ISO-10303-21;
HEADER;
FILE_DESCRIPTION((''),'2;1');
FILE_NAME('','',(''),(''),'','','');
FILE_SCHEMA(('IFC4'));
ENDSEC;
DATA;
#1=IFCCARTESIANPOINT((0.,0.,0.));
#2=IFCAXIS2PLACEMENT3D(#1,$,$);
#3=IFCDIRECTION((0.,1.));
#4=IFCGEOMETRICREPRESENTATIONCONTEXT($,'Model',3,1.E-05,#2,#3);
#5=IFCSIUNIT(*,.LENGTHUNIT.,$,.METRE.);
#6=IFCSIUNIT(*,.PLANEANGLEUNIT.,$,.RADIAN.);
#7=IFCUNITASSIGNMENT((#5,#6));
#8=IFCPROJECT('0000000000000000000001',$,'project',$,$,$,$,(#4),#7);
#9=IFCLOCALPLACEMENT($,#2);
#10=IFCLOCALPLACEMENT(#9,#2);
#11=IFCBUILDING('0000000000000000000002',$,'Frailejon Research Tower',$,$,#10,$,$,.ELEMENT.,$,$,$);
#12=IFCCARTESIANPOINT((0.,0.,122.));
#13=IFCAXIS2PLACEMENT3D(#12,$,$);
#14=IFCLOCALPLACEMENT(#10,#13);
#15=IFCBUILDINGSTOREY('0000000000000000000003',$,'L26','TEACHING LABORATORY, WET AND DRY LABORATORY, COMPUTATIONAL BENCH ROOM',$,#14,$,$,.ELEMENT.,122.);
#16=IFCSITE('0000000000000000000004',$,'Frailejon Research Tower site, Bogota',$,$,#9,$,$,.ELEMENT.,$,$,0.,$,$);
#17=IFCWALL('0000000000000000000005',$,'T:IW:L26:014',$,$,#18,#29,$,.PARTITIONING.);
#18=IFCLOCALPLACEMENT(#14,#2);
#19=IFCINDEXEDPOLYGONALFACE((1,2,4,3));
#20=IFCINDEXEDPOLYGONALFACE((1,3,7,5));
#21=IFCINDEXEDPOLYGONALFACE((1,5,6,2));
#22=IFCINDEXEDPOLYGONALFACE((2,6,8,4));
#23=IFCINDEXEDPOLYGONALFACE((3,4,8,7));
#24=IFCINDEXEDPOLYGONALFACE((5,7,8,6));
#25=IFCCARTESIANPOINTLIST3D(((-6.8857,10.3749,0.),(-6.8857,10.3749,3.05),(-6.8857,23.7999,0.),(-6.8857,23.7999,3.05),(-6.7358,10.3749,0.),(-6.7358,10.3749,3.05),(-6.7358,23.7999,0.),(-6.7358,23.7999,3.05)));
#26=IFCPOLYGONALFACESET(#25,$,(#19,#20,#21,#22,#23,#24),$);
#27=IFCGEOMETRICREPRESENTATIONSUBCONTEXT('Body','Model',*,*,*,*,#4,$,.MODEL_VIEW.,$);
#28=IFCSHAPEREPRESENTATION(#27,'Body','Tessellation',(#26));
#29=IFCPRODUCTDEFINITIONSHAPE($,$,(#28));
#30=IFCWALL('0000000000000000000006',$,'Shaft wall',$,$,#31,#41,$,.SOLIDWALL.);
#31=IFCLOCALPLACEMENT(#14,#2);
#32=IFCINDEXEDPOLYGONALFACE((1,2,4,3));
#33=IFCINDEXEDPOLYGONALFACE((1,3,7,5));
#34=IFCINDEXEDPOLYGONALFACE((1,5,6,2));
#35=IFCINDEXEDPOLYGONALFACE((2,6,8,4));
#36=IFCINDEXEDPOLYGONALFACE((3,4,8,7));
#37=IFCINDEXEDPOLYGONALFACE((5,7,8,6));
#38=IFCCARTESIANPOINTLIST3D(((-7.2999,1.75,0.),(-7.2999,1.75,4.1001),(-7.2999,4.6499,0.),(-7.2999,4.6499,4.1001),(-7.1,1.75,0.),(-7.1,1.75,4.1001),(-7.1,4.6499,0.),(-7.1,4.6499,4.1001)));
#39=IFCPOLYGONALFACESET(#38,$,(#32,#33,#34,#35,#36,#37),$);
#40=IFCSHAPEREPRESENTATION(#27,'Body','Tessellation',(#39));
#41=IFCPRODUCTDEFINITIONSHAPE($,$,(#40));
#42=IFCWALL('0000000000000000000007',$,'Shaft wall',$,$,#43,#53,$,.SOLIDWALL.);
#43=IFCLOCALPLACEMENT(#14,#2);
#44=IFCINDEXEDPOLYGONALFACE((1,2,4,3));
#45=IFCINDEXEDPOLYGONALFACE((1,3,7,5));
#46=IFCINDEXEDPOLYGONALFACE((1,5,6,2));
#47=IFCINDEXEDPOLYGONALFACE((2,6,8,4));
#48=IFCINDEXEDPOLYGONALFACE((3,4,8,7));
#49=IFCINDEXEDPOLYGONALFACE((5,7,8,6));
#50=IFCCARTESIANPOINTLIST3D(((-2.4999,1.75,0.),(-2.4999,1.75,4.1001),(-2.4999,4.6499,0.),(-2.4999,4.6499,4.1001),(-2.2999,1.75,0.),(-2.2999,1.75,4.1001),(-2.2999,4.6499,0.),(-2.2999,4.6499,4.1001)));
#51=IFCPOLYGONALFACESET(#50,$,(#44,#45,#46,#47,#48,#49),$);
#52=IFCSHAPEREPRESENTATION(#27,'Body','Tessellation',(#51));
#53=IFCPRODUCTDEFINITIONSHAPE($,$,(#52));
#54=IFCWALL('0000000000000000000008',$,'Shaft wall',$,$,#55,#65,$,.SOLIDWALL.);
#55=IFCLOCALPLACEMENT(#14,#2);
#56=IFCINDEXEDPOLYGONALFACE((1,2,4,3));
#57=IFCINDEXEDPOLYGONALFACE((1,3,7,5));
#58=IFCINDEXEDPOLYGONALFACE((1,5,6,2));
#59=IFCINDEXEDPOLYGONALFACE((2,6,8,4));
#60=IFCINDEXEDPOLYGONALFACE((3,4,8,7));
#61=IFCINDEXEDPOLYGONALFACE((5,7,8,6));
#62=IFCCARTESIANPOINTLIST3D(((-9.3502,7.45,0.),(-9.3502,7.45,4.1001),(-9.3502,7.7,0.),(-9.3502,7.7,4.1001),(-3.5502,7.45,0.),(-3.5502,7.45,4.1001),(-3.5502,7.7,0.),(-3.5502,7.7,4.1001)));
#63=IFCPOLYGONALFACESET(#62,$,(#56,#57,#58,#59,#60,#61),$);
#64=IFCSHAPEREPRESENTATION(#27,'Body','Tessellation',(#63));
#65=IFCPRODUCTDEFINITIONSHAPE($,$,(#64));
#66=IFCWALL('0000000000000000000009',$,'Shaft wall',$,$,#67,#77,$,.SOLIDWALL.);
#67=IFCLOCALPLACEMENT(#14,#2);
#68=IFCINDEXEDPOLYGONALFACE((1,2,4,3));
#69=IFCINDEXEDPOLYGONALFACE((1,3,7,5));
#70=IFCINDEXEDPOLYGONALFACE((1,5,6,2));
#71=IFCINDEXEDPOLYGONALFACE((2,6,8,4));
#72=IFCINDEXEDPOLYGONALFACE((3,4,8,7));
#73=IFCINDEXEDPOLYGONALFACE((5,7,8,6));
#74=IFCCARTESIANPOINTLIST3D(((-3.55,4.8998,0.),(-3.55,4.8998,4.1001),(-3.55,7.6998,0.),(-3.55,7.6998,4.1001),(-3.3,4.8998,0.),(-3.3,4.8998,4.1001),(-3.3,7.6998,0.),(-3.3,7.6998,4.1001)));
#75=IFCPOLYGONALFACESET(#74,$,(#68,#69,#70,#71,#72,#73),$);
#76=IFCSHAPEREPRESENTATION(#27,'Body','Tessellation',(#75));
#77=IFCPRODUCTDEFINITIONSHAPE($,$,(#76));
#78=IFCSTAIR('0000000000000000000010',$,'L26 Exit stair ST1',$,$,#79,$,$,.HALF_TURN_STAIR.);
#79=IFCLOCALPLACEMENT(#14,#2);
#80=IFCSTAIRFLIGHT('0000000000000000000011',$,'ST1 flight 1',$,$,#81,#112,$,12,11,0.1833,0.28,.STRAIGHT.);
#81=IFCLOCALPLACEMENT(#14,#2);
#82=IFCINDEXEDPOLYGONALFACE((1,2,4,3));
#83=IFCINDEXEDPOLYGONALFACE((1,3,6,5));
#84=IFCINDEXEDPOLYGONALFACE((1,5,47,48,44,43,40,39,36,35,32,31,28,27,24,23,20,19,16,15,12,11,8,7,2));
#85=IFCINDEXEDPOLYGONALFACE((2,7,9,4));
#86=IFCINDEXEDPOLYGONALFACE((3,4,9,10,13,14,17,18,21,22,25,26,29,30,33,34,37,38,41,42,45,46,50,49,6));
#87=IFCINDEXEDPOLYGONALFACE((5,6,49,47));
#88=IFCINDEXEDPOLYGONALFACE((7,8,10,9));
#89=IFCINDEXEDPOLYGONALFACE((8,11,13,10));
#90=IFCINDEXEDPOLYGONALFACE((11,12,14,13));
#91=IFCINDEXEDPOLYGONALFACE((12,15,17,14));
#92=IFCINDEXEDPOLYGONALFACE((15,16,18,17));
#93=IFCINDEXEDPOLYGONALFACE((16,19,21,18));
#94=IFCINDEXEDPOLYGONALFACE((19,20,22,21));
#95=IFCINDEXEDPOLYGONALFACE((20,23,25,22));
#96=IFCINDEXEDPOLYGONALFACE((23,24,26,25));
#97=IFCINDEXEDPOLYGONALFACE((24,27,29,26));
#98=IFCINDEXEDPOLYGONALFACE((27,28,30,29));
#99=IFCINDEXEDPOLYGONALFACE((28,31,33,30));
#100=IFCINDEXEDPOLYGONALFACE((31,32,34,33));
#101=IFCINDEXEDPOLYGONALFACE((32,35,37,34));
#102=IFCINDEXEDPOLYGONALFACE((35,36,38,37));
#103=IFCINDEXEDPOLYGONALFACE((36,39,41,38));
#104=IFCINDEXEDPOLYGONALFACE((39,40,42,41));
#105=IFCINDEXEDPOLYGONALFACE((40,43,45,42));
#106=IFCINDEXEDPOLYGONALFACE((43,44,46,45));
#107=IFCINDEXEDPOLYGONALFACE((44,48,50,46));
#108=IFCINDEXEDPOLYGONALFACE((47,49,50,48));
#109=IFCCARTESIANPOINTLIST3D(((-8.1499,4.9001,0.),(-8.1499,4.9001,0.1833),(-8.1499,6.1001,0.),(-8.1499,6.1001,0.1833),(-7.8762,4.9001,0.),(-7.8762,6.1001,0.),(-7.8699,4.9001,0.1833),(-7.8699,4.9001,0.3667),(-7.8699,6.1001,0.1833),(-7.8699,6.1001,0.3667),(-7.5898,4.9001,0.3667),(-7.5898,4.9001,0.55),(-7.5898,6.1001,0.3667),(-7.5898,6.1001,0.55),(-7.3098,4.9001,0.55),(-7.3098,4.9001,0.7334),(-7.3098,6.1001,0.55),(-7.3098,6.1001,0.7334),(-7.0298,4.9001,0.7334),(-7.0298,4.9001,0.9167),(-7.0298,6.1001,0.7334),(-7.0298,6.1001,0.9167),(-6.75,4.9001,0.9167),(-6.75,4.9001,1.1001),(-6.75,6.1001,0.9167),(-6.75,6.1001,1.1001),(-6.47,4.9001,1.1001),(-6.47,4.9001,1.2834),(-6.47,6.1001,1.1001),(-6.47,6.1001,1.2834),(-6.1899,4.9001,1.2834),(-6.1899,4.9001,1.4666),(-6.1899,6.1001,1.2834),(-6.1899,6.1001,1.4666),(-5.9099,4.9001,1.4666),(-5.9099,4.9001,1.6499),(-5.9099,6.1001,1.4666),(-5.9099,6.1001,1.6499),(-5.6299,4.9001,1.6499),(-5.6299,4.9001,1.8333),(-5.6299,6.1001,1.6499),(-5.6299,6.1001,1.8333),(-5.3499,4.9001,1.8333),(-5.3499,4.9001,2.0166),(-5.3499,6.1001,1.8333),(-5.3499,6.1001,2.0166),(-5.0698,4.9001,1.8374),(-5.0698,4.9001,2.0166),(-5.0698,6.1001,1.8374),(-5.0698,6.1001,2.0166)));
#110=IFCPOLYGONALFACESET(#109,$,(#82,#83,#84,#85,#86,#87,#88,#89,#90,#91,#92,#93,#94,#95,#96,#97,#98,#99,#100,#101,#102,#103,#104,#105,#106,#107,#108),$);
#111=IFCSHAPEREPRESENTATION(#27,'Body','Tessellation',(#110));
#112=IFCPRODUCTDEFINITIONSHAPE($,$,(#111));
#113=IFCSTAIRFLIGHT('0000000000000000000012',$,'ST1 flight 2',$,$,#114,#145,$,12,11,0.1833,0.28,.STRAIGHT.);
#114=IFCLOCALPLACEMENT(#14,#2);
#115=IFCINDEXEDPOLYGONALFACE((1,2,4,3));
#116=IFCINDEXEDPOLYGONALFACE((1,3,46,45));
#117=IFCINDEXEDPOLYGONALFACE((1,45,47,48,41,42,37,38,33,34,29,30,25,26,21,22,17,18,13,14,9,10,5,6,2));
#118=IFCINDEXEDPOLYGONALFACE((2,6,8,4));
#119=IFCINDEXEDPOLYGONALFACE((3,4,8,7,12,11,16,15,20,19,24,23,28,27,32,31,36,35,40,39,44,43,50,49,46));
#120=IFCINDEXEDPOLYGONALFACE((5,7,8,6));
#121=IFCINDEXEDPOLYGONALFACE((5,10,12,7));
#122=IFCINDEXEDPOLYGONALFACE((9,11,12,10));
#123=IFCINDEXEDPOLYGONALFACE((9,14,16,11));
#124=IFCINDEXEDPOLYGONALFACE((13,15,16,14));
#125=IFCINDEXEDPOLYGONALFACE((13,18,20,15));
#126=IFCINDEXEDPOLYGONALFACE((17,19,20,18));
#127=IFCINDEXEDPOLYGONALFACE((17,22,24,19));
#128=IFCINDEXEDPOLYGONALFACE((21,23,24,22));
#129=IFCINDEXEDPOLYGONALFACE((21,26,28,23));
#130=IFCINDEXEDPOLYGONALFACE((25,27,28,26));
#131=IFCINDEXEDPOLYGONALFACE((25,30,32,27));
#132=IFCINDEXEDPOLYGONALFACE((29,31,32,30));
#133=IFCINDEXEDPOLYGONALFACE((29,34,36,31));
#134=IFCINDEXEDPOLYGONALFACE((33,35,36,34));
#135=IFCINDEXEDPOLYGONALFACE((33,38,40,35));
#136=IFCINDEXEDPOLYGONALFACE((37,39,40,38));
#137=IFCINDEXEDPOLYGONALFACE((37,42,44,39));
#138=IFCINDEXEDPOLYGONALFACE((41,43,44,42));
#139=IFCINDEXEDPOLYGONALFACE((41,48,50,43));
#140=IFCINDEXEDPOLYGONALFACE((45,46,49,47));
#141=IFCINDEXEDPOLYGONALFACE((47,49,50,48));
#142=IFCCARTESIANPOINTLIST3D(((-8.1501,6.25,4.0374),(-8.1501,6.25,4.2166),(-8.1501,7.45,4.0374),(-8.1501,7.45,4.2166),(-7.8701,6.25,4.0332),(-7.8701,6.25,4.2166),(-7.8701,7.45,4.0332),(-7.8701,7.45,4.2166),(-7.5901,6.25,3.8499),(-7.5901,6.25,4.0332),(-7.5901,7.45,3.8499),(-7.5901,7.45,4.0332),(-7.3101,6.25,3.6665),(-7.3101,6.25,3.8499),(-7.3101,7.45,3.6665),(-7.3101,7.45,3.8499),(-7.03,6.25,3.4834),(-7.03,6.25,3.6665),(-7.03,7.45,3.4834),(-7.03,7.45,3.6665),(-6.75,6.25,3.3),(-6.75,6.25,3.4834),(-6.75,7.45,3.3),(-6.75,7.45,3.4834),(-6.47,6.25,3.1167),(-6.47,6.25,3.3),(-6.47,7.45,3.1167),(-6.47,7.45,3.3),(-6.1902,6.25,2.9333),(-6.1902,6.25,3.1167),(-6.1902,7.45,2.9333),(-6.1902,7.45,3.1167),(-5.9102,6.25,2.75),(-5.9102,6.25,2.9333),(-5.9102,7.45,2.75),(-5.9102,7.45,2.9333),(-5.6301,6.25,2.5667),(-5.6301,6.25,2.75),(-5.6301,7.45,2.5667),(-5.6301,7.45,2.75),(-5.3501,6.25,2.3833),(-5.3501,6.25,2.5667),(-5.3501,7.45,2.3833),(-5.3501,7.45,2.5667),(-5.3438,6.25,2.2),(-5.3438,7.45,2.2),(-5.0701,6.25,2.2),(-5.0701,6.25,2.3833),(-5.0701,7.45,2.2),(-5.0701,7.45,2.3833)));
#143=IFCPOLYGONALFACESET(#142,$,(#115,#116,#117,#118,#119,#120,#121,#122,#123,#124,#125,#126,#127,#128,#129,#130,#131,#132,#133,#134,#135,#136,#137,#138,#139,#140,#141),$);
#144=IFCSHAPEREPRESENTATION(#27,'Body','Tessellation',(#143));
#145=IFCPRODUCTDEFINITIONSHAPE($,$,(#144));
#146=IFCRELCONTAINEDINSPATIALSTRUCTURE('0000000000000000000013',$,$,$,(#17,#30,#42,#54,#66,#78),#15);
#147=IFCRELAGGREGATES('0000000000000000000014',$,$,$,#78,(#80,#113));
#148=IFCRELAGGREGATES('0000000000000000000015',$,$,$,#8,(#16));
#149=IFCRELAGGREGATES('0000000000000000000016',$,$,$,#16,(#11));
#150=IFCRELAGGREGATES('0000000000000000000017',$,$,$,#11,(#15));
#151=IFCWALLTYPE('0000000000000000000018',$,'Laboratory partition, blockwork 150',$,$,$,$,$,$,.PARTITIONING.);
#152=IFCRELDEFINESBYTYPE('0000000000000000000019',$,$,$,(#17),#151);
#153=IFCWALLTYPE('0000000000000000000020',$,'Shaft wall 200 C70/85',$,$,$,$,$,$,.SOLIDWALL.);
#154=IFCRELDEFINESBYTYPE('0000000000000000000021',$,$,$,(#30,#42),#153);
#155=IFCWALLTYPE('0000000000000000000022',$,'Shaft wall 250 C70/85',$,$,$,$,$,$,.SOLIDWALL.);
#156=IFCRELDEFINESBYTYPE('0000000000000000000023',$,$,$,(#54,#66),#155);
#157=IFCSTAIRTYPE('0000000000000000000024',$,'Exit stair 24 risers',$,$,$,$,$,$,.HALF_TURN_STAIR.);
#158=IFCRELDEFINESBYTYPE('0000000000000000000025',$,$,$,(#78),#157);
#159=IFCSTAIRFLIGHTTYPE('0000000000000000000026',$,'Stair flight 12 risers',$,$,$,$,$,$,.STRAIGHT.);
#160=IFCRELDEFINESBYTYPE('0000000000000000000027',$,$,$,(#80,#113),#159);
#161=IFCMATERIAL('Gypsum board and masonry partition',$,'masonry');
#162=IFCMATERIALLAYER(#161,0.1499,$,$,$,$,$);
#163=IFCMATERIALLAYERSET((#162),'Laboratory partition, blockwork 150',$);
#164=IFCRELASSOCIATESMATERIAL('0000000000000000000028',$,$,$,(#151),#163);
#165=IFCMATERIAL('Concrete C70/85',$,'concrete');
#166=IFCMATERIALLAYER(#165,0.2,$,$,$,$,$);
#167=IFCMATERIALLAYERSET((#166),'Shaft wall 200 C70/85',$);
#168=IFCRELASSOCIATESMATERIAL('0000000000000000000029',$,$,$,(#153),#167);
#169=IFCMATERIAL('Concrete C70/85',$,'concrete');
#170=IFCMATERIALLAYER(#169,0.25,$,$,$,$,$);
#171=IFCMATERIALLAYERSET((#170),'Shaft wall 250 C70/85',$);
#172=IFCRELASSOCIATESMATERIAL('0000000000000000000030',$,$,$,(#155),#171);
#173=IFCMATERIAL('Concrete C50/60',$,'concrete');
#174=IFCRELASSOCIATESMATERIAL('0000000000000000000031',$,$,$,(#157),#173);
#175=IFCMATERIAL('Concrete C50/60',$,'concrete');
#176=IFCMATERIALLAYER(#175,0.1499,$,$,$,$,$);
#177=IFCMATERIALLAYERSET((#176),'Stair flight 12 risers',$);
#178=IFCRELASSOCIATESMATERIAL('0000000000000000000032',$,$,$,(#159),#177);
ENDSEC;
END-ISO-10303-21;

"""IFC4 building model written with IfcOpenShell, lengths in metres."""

from ifc_helpers import new_model, si_unit, direction, frame, frame_2d, origin, place, context, subcontext, project, spatial, polyline, rectangle, outline, extrude, material, layer, layer_set, type_object, element, aggregate, save


model = new_model("IFC4")

# Units and contexts
model_context = context("Model", 3, precision=1e-05, world=origin(), true_north=direction((0.0, 1.0)))
body_context = subcontext(model_context, "Body", "Model", "MODEL_VIEW")
ifc_project = project(units=[si_unit("LENGTHUNIT", "METRE"), si_unit("PLANEANGLEUNIT", "RADIAN")], contexts=[model_context])

# Site, building, storey
site_placement = place(None, origin())
site = spatial("IfcSite", under=ifc_project, at=site_placement, Name="Frailejon Research Tower site, Bogota", CompositionType="ELEMENT", RefElevation=0.0)
building_placement = place(site_placement, origin())
building = spatial("IfcBuilding", under=site, at=building_placement, Name="Frailejon Research Tower", CompositionType="ELEMENT")
storey_placement = place(building_placement, frame((0.0, 0.0, 122.0)))
storey = spatial("IfcBuildingStorey", under=building, at=storey_placement, Name="L26", Description="TEACHING LABORATORY, WET AND DRY LABORATORY, COMPUTATIONAL BENCH ROOM", CompositionType="ELEMENT", Elevation=122.0)

# Walls
ifc_material_1 = material(Name="Gypsum board and masonry partition", Category="masonry")
ifc_layer_1 = layer(ifc_material_1, 0.1499)
ifc_layer_set_1 = layer_set([ifc_layer_1], Name="Laboratory partition, blockwork 150")
wall_type_1 = type_object("IfcWallType", Name="Laboratory partition, blockwork 150", PredefinedType="PARTITIONING", material=ifc_layer_set_1)
wall_1_placement = place(storey_placement, frame((-6.8108, 10.375, 0.0), z_axis=(0.0, 0.0, 1.0), x_axis=(0.0, 1.0, 0.0)))
element("IfcWall", 1, at=wall_1_placement, inside=storey, type_object=wall_type_1, Name="T:IW:L26:014", PredefinedType="PARTITIONING", context=body_context, shape_type="SweptSolid", body=[
    extrude(rectangle(XDim=13.425, YDim=0.1499, at=frame_2d((6.7124, 0.0))), origin(), (0.0, 0.0, 1.0), 3.05),
])
ifc_material_2 = material(Name="Concrete C70/85", Category="concrete")
ifc_layer_2 = layer(ifc_material_2, 0.2)
ifc_layer_set_2 = layer_set([ifc_layer_2], Name="Shaft wall 200 C70/85")
wall_type_2 = type_object("IfcWallType", Name="Shaft wall 200 C70/85", PredefinedType="SOLIDWALL", material=ifc_layer_set_2)
for number, where, z_axis, x_axis, name in (
    (2, (-7.2, 1.75, 0.0), (0.0, 0.0, 1.0), (0.0, 1.0, 0.0), "Shaft wall"),
    (3, (-2.3999, 1.75, 0.0), (0.0, 0.0, 1.0), (0.0, 1.0, 0.0), "Shaft wall"),
):
    element("IfcWall", number, at=place(storey_placement, frame(where, z_axis=z_axis, x_axis=x_axis)), inside=storey, type_object=wall_type_2, Name=name, PredefinedType="SOLIDWALL", context=body_context, shape_type="SweptSolid", body=[
        extrude(rectangle(XDim=2.8999, YDim=0.2, at=frame_2d((1.45, 0.0))), origin(), (0.0, 0.0, 1.0), 4.1001),
    ])
ifc_material_3 = material(Name="Concrete C70/85", Category="concrete")
ifc_layer_3 = layer(ifc_material_3, 0.25)
ifc_layer_set_3 = layer_set([ifc_layer_3], Name="Shaft wall 250 C70/85")
wall_type_3 = type_object("IfcWallType", Name="Shaft wall 250 C70/85", PredefinedType="SOLIDWALL", material=ifc_layer_set_3)
wall_2_placement = place(storey_placement, frame((-9.3501, 7.575, 0.0), z_axis=(0.0, 0.0, 1.0), x_axis=(1.0, 0.0, 0.0)))
element("IfcWall", 4, at=wall_2_placement, inside=storey, type_object=wall_type_3, Name="Shaft wall", PredefinedType="SOLIDWALL", context=body_context, shape_type="SweptSolid", body=[
    extrude(rectangle(XDim=5.8, YDim=0.25, at=frame_2d((2.8999, 0.0))), origin(), (0.0, 0.0, 1.0), 4.1001),
])
wall_3_placement = place(storey_placement, frame((-3.425, 4.8999, 0.0), z_axis=(0.0, 0.0, 1.0), x_axis=(0.0, 1.0, 0.0)))
element("IfcWall", 5, at=wall_3_placement, inside=storey, type_object=wall_type_3, Name="Shaft wall", PredefinedType="SOLIDWALL", context=body_context, shape_type="SweptSolid", body=[
    extrude(rectangle(XDim=2.8, YDim=0.25, at=frame_2d((1.3999, 0.0))), origin(), (0.0, 0.0, 1.0), 4.1001),
])

# Stair, stair flights
ifc_material_4 = material(Name="Concrete C50/60", Category="concrete")
stair_type = type_object("IfcStairType", Name="Exit stair 24 risers", PredefinedType="HALF_TURN_STAIR", material=ifc_material_4)
stair_placement = place(storey_placement, origin())
stair = element("IfcStair", 6, at=stair_placement, inside=storey, type_object=stair_type, Name="L26 Exit stair ST1", PredefinedType="HALF_TURN_STAIR")
ifc_material_5 = material(Name="Concrete C50/60", Category="concrete")
ifc_layer_4 = layer(ifc_material_5, 0.1499)
ifc_layer_set_4 = layer_set([ifc_layer_4], Name="Stair flight 12 risers")
stair_flight_type = type_object("IfcStairFlightType", Name="Stair flight 12 risers", PredefinedType="STRAIGHT", material=ifc_layer_set_4)
stair_flight_1_placement = place(storey_placement, frame((-8.1499, 5.5, 0.0), z_axis=(0.0, 0.0, 1.0), x_axis=(1.0, 0.0, 0.0)))
stair_flight_1 = element("IfcStairFlight", 7, at=stair_flight_1_placement, type_object=stair_flight_type, Name="ST1 flight 1", NumberOfRisers=12, NumberOfTreads=11, PredefinedType="STRAIGHT", RiserHeight=0.1833, TreadLength=0.28, context=body_context, shape_type="SweptSolid", body=[
    extrude(outline(polyline([(0.0, 0.0), (0.0, 0.1833), (0.28, 0.1833), (0.28, 0.3667), (0.5601, 0.3667), (0.5601, 0.55), (0.8401, 0.55), (0.8401, 0.7334), (1.1201, 0.7334), (1.1201, 0.9167), (1.3999, 0.9167), (1.3999, 1.1001), (1.6799, 1.1001), (1.6799, 1.2834), (1.96, 1.2834), (1.96, 1.4666), (2.24, 1.4666), (2.24, 1.6499), (2.52, 1.6499), (2.52, 1.8333), (2.8, 1.8333), (2.8, 2.0166), (3.0801, 2.0166), (3.0801, 2.2), (3.0801, 1.8374), (0.2737, 0.0), (0.0, 0.0)])), frame((0.0, 0.6001, 0.0), z_axis=(0.0, -1.0, 0.0), x_axis=(1.0, 0.0, 0.0)), (0.0, 0.0, 1.0), 1.2),
])
stair_flight_2_placement = place(storey_placement, frame((-5.0701, 6.8501, 2.2), z_axis=(0.0, 0.0, 1.0), x_axis=(-1.0, 0.0, 0.0)))
stair_flight_2 = element("IfcStairFlight", 8, at=stair_flight_2_placement, type_object=stair_flight_type, Name="ST1 flight 2", NumberOfRisers=12, NumberOfTreads=11, PredefinedType="STRAIGHT", RiserHeight=0.1833, TreadLength=0.28, context=body_context, shape_type="SweptSolid", body=[
    extrude(outline(polyline([(0.0, 0.0), (0.0, 0.1833), (0.28, 0.1833), (0.28, 0.3667), (0.5601, 0.3667), (0.5601, 0.55), (0.8401, 0.55), (0.8401, 0.7334), (1.1201, 0.7334), (1.1201, 0.9167), (1.3999, 0.9167), (1.3999, 1.1001), (1.6799, 1.1001), (1.6799, 1.2834), (1.96, 1.2834), (1.96, 1.4666), (2.24, 1.4666), (2.24, 1.6499), (2.52, 1.6499), (2.52, 1.8333), (2.8, 1.8333), (2.8, 2.0166), (3.0801, 2.0166), (3.0801, 2.2), (3.0801, 1.8374), (0.2737, 0.0), (0.0, 0.0)])), frame((0.0, 0.6001, 0.0), z_axis=(0.0, -1.0, 0.0), x_axis=(1.0, 0.0, 0.0)), (0.0, 0.0, 1.0), 1.2),
])
aggregate(stair, [stair_flight_1, stair_flight_2])

save(model, "model.ifc")
